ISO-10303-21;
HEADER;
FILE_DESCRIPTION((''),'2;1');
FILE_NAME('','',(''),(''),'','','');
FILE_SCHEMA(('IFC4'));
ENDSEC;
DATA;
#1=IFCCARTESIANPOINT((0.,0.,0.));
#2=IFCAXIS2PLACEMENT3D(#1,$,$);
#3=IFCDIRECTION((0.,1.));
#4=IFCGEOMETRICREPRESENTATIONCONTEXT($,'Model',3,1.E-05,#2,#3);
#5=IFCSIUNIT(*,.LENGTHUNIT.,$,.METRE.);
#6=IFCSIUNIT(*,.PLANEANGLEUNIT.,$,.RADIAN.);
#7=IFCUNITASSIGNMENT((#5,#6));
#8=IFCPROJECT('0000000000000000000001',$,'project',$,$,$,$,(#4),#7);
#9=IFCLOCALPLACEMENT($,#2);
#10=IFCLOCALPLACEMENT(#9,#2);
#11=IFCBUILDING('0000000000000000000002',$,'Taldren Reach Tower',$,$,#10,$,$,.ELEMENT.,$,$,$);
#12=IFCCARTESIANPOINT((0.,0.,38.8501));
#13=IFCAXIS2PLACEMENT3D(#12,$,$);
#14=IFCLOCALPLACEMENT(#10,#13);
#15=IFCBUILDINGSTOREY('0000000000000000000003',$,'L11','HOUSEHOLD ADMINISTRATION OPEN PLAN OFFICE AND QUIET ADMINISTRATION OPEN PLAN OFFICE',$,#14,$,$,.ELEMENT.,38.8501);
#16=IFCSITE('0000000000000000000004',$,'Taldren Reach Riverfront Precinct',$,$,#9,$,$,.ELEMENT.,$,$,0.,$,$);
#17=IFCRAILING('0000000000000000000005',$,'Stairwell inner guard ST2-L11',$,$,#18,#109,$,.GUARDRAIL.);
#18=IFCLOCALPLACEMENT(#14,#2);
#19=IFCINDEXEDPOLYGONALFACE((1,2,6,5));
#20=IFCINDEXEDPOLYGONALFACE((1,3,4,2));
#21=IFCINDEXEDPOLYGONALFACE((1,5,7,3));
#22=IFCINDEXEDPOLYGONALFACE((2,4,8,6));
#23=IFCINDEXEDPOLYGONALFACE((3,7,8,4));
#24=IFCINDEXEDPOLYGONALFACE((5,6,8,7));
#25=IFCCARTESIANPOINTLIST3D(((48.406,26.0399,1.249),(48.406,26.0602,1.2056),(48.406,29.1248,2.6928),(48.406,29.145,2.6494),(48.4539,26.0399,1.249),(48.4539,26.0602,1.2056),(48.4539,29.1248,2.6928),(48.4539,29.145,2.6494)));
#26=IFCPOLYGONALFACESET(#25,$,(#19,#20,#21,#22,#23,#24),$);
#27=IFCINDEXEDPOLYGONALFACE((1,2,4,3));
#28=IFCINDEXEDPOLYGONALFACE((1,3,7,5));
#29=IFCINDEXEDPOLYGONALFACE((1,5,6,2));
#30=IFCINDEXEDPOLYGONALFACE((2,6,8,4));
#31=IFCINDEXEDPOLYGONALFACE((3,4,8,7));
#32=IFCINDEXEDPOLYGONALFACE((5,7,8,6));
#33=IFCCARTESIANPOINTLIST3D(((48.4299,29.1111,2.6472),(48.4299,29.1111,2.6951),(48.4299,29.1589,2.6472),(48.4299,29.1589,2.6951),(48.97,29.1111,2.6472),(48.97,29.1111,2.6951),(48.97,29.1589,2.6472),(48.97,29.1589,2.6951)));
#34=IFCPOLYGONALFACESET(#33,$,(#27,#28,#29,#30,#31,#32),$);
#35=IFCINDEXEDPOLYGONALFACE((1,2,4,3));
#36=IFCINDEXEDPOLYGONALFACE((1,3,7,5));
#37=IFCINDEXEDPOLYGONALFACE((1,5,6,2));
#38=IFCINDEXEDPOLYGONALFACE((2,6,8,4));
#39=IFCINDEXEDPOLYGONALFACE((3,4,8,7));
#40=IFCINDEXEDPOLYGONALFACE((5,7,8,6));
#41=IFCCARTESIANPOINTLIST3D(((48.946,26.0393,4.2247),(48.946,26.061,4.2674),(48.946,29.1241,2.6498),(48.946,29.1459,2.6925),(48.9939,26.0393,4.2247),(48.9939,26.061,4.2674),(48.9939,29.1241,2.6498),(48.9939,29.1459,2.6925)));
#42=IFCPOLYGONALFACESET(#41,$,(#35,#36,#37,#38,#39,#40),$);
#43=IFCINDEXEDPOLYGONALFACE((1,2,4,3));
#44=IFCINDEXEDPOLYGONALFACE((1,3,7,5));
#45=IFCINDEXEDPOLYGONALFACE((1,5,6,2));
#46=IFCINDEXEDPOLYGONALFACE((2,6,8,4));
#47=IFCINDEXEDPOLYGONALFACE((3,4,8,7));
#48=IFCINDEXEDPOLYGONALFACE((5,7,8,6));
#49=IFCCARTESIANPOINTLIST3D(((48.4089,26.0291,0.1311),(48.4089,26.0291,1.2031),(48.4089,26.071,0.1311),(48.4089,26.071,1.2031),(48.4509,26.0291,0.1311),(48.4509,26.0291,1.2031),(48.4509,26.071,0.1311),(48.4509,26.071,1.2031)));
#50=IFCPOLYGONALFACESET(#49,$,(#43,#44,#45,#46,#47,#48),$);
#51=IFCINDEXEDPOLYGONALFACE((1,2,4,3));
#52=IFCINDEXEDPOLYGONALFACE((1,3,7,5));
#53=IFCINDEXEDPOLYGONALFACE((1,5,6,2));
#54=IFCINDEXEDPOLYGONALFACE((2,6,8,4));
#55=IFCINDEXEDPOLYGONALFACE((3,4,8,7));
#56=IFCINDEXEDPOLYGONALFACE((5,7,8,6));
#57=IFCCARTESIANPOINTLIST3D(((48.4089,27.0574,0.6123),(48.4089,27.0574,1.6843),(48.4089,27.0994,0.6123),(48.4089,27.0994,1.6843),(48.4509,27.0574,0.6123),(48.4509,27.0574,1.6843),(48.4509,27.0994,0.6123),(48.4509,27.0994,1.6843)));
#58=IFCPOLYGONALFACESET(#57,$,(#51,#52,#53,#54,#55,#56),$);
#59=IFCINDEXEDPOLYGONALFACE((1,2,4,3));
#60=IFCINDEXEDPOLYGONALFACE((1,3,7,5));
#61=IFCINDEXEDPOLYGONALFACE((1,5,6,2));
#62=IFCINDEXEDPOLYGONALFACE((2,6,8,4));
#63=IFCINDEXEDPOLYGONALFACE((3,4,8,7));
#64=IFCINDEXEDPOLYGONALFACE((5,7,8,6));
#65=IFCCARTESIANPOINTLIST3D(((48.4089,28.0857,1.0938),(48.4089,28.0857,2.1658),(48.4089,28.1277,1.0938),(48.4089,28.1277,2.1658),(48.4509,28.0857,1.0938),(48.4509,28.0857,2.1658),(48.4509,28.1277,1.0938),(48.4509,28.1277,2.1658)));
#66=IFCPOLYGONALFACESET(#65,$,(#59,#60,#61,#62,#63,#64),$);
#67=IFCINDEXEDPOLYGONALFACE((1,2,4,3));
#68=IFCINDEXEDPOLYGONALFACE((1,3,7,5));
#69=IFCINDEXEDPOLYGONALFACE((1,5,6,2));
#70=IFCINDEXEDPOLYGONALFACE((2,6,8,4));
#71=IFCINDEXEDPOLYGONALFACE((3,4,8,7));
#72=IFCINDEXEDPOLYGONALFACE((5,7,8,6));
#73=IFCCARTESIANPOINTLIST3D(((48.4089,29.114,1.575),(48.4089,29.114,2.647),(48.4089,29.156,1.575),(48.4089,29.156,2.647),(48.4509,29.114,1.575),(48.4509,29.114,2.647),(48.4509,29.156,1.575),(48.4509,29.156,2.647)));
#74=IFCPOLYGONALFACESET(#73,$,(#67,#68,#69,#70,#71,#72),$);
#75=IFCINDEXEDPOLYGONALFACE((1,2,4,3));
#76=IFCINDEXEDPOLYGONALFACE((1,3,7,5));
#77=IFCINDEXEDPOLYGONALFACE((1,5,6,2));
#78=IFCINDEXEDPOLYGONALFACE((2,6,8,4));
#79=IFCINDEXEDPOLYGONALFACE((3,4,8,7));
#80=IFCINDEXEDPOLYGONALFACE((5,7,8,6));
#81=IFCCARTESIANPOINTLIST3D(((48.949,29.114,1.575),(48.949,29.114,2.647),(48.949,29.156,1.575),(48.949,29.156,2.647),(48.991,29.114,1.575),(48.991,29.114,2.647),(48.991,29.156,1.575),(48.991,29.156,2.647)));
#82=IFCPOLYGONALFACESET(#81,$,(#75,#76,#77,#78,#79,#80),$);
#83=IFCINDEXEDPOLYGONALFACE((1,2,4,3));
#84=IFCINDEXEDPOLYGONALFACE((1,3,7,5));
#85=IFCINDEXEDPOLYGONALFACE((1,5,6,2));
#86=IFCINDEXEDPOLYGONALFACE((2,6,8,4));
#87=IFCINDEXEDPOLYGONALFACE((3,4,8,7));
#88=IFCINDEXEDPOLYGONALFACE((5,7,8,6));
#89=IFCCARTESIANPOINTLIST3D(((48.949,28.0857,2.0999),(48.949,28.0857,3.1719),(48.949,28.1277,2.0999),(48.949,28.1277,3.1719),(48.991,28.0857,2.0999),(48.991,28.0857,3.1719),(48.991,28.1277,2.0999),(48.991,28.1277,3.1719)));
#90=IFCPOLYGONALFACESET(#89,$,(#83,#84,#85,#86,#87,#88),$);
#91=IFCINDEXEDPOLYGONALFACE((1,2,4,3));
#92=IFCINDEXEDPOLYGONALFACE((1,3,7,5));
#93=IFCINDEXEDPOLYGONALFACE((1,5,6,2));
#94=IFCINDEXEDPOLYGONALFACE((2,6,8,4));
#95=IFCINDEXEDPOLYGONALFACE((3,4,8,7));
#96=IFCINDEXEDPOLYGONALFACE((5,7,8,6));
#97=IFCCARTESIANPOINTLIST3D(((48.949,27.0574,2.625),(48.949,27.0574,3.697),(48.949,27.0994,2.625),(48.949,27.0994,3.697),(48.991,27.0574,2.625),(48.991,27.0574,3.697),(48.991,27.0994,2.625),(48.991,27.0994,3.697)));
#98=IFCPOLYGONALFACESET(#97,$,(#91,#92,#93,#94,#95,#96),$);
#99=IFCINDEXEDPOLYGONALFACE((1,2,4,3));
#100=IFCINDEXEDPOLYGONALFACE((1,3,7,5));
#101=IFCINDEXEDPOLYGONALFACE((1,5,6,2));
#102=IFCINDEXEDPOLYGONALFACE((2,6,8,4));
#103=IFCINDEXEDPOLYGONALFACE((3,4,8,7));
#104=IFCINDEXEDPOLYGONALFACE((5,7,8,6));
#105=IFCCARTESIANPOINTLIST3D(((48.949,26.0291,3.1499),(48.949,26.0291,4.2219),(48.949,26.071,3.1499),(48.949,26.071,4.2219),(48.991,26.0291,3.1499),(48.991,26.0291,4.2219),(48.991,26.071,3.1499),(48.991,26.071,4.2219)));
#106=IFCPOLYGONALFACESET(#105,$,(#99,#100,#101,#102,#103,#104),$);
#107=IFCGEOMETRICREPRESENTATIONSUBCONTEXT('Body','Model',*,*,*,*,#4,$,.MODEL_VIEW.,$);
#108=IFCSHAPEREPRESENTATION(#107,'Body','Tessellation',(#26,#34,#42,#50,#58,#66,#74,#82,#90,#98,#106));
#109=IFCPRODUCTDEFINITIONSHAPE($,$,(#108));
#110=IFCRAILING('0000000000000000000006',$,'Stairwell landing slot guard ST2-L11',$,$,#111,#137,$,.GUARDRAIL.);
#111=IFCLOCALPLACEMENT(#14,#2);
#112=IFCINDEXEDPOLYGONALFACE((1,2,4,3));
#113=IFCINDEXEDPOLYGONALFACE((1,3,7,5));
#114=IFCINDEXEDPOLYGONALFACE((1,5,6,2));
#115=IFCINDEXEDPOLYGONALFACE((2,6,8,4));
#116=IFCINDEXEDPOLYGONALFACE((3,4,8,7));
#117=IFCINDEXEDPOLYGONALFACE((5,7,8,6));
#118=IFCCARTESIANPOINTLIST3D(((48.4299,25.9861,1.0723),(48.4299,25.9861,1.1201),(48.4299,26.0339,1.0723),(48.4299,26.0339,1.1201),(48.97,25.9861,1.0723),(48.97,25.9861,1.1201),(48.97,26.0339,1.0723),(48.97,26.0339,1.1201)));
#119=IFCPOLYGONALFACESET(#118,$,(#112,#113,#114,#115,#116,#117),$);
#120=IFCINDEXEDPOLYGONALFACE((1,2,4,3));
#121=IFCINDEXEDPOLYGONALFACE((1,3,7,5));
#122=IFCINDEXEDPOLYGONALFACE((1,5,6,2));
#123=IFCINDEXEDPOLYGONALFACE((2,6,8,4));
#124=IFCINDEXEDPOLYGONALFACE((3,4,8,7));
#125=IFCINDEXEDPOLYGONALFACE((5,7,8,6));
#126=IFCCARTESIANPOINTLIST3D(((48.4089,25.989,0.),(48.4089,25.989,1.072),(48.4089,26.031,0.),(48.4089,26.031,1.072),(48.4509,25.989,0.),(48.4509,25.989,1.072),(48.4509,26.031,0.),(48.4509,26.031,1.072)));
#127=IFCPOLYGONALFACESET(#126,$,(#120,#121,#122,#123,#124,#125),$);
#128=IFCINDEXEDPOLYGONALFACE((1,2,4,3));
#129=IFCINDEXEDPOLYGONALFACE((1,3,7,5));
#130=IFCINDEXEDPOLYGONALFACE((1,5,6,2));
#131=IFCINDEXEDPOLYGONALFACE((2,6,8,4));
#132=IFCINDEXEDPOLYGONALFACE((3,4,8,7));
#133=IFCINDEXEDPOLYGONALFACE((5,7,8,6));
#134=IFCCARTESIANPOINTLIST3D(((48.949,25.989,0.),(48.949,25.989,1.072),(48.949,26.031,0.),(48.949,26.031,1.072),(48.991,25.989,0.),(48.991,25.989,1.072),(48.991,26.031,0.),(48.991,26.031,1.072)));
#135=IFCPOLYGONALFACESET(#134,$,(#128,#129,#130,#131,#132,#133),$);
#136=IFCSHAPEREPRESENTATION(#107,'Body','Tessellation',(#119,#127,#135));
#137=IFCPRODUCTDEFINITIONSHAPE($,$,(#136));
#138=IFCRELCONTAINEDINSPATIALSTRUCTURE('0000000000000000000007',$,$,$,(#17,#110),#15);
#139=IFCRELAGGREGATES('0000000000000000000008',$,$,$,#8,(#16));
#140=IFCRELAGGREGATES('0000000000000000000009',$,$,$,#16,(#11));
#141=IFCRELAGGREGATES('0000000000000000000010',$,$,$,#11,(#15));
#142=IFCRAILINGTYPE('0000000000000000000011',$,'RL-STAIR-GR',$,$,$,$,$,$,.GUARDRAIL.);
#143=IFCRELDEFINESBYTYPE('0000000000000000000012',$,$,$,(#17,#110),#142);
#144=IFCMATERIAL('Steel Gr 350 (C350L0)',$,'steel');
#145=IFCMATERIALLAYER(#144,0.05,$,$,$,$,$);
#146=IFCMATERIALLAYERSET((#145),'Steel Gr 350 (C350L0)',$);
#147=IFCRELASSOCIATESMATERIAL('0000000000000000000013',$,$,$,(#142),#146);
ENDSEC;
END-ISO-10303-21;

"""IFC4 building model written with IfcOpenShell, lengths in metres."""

from ifc_helpers import new_model, si_unit, direction, frame, origin, origin_2d, place, context, subcontext, project, spatial, rectangle, extrude, material, layer, layer_set, type_object, element, save


model = new_model("IFC4")

# Units and contexts
model_context = context("Model", 3, precision=1e-05, world=origin(), true_north=direction((0.0, 1.0)))
body_context = subcontext(model_context, "Body", "Model", "MODEL_VIEW")
ifc_project = project(units=[si_unit("LENGTHUNIT", "METRE"), si_unit("PLANEANGLEUNIT", "RADIAN")], contexts=[model_context])

# Site, building, storey
site_placement = place(None, origin())
site = spatial("IfcSite", under=ifc_project, at=site_placement, Name="Taldren Reach Riverfront Precinct", CompositionType="ELEMENT", RefElevation=0.0)
building_placement = place(site_placement, origin())
building = spatial("IfcBuilding", under=site, at=building_placement, Name="Taldren Reach Tower", CompositionType="ELEMENT")
storey_placement = place(building_placement, frame((0.0, 0.0, 38.8501)))
storey = spatial("IfcBuildingStorey", under=building, at=storey_placement, Name="L11", Description="HOUSEHOLD ADMINISTRATION OPEN PLAN OFFICE AND QUIET ADMINISTRATION OPEN PLAN OFFICE", CompositionType="ELEMENT", Elevation=38.8501)

# Shared definitions
ifc_material_1 = material(Name="Steel Gr 350 (C350L0)", Category="steel")

# Railings
ifc_layer_1 = layer(ifc_material_1, 0.05)
ifc_layer_set_1 = layer_set([ifc_layer_1], Name="Steel Gr 350 (C350L0)")
railing_type_1 = type_object("IfcRailingType", Name="RL-STAIR-GR", PredefinedType="GUARDRAIL", material=ifc_layer_set_1)
railing_1_placement = place(storey_placement, frame((48.4299, 26.05, 0.1311)))
element("IfcRailing", 1, at=railing_1_placement, inside=storey, type_object=railing_type_1, Name="Stairwell inner guard ST2-L11", PredefinedType="GUARDRAIL", context=body_context, shape_type="SweptSolid", body=[
    extrude(rectangle(XDim=0.0479, YDim=0.0479, at=origin_2d()), frame((0.0, 0.0, 1.0962), z_axis=(0.0, 0.90571, 0.423898), x_axis=(-1.0, 0.0, 0.0)), (0.0, 0.0, 1.0), 3.406),
    extrude(rectangle(XDim=0.0479, YDim=0.0479, at=origin_2d()), frame((0.0, 3.085, 2.54), z_axis=(1.0, 0.0, 0.0), x_axis=(0.0, 1.0, 0.0)), (0.0, 0.0, 1.0), 0.54),
    extrude(rectangle(XDim=0.0479, YDim=0.0479, at=origin_2d()), frame((0.54, 3.085, 2.54), z_axis=(0.0, -0.890646, 0.454697), x_axis=(1.0, 0.0, 0.0)), (0.0, 0.0, 1.0), 3.4636),
    extrude(rectangle(XDim=0.042, YDim=0.042, at=origin_2d()), origin(), (0.0, 0.0, 1.0), 1.072),
    extrude(rectangle(XDim=0.042, YDim=0.042, at=origin_2d()), frame((0.0, 1.0283, 0.4812)), (0.0, 0.0, 1.0), 1.072),
    extrude(rectangle(XDim=0.042, YDim=0.042, at=origin_2d()), frame((0.0, 2.0566, 0.9626)), (0.0, 0.0, 1.0), 1.072),
    extrude(rectangle(XDim=0.042, YDim=0.042, at=origin_2d()), frame((0.0, 3.085, 1.4438)), (0.0, 0.0, 1.0), 1.072),
    extrude(rectangle(XDim=0.042, YDim=0.042, at=origin_2d()), frame((0.54, 3.085, 1.4438)), (0.0, 0.0, 1.0), 1.072),
    extrude(rectangle(XDim=0.042, YDim=0.042, at=origin_2d()), frame((0.54, 2.0566, 1.9688)), (0.0, 0.0, 1.0), 1.072),
    extrude(rectangle(XDim=0.042, YDim=0.042, at=origin_2d()), frame((0.54, 1.0283, 2.4939)), (0.0, 0.0, 1.0), 1.072),
    extrude(rectangle(XDim=0.042, YDim=0.042, at=origin_2d()), frame((0.54, 0.0, 3.0188)), (0.0, 0.0, 1.0), 1.072),
])
railing_2_placement = place(storey_placement, frame((48.4299, 26.01, 0.0)))
element("IfcRailing", 2, at=railing_2_placement, inside=storey, type_object=railing_type_1, Name="Stairwell landing slot guard ST2-L11", PredefinedType="GUARDRAIL", context=body_context, shape_type="SweptSolid", body=[
    extrude(rectangle(XDim=0.0479, YDim=0.0479, at=origin_2d()), frame((0.0, 0.0, 1.0962), z_axis=(1.0, 0.0, 0.0), x_axis=(0.0, 1.0, 0.0)), (0.0, 0.0, 1.0), 0.54),
    extrude(rectangle(XDim=0.042, YDim=0.042, at=origin_2d()), origin(), (0.0, 0.0, 1.0), 1.072),
    extrude(rectangle(XDim=0.042, YDim=0.042, at=origin_2d()), frame((0.54, 0.0, 0.0)), (0.0, 0.0, 1.0), 1.072),
])

save(model, "model.ifc")
